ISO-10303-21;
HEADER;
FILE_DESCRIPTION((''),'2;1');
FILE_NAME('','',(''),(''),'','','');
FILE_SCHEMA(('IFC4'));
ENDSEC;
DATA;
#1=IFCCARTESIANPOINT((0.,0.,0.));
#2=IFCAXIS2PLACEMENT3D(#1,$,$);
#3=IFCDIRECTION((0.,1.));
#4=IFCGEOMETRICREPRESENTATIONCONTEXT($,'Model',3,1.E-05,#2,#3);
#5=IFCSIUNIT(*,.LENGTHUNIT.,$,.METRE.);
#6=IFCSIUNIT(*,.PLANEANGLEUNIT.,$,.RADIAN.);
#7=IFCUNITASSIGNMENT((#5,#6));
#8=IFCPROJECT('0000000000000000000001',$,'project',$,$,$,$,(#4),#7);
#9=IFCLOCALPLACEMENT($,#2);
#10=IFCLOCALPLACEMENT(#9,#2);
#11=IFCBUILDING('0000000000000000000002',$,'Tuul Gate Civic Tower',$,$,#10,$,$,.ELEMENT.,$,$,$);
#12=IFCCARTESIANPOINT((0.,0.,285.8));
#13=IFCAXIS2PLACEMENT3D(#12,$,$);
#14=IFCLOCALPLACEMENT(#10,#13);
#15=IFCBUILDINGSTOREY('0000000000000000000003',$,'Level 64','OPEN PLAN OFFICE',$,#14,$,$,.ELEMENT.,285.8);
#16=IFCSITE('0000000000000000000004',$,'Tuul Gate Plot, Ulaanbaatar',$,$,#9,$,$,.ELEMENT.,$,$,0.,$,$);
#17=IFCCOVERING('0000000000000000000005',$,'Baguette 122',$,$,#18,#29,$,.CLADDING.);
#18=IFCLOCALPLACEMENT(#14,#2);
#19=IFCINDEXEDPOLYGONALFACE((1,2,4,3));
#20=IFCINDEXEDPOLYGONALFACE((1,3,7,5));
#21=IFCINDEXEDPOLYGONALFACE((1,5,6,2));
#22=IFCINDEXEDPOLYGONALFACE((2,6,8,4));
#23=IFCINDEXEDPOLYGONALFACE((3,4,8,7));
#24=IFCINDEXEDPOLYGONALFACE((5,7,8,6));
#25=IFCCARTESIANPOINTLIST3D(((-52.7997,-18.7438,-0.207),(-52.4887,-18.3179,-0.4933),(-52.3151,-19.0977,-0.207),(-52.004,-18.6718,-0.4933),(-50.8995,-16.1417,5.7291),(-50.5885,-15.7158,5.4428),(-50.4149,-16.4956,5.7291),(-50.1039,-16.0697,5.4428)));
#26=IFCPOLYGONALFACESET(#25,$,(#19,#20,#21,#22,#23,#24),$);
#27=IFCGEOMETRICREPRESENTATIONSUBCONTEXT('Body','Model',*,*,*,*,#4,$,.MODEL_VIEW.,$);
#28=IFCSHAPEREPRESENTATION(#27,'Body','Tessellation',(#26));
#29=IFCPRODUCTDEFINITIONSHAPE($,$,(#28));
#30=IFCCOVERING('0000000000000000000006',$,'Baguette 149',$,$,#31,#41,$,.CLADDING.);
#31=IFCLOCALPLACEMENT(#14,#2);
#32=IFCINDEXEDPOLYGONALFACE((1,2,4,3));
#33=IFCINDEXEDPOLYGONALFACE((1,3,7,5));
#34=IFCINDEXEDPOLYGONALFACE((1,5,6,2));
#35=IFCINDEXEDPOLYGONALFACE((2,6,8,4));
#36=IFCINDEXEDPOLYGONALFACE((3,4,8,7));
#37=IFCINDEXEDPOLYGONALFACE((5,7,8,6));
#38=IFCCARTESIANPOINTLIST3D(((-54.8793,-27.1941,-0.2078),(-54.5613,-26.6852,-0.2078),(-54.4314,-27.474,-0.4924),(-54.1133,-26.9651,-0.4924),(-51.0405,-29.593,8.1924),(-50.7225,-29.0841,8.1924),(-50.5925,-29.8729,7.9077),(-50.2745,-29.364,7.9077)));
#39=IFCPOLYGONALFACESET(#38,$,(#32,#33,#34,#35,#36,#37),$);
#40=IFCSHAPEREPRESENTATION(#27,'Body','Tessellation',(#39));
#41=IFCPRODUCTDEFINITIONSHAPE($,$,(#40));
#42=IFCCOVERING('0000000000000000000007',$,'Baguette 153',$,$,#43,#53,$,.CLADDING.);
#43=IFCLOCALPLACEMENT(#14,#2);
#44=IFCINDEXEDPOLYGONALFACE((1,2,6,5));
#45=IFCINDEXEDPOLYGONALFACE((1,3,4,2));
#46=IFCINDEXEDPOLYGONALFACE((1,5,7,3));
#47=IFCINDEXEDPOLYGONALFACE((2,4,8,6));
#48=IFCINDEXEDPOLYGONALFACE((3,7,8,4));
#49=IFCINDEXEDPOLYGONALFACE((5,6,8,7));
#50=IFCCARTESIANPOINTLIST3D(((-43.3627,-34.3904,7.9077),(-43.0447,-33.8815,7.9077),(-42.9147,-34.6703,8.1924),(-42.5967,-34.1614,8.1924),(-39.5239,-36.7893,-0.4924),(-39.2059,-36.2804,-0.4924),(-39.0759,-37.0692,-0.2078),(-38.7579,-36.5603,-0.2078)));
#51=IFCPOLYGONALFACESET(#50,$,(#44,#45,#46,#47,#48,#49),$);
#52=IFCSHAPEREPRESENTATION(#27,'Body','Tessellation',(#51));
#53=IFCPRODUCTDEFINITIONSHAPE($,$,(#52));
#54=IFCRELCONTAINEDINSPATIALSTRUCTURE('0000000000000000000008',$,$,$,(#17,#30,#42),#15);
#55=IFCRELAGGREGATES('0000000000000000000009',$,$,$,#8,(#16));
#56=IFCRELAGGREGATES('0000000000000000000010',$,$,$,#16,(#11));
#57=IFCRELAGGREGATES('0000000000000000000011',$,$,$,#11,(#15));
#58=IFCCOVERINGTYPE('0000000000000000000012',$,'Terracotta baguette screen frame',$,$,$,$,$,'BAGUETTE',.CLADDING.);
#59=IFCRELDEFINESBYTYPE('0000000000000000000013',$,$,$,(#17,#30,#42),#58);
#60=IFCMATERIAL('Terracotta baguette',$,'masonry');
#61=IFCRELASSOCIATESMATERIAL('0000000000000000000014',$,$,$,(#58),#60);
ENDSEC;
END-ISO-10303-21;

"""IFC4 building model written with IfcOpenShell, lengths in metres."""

from ifc_helpers import new_model, si_unit, direction, frame, origin, origin_2d, place, context, subcontext, project, spatial, rectangle, extrude, material, material_profile, profile_set, type_object, element, save


model = new_model("IFC4")

# Units and contexts
model_context = context("Model", 3, precision=1e-05, world=origin(), true_north=direction((0.0, 1.0)))
body_context = subcontext(model_context, "Body", "Model", "MODEL_VIEW")
ifc_project = project(units=[si_unit("LENGTHUNIT", "METRE"), si_unit("PLANEANGLEUNIT", "RADIAN")], contexts=[model_context])

# Site, building, storey
site_placement = place(None, origin())
site = spatial("IfcSite", under=ifc_project, at=site_placement, Name="Tuul Gate Plot, Ulaanbaatar", CompositionType="ELEMENT", RefElevation=0.0)
building_placement = place(site_placement, origin())
building = spatial("IfcBuilding", under=site, at=building_placement, Name="Tuul Gate Civic Tower", CompositionType="ELEMENT")
storey_placement = place(building_placement, frame((0.0, 0.0, 285.8)))
storey = spatial("IfcBuildingStorey", under=building, at=storey_placement, Name="Level 64", Description="OPEN PLAN OFFICE", CompositionType="ELEMENT", Elevation=285.8)

# Coverings
ifc_material_1 = material(Name="Terracotta baguette", Category="masonry")
ifc_material_profile_1 = material_profile(ifc_material_1, rectangle(XDim=0.6001, YDim=0.6001, at=origin_2d()), Name="Terracotta baguette screen frame")
ifc_profile_set_1 = profile_set([ifc_material_profile_1], Name="Terracotta baguette")
covering_type = type_object("IfcCoveringType", Name="Terracotta baguette screen frame", ElementType="BAGUETTE", PredefinedType="CLADDING", material=ifc_profile_set_1)
covering_placement = place(storey_placement, frame((-50.5017, -16.1057, 5.5859), z_axis=(-0.281333, -0.385256, -0.87888), x_axis=(0.807591, -0.589743, 0.0)))
element("IfcCovering", 1, at=covering_placement, inside=storey, type_object=covering_type, Name="Baguette 122", PredefinedType="CLADDING", context=body_context, shape_type="SweptSolid", body=[
    extrude(rectangle(XDim=0.6001, YDim=0.6001, at=origin_2d()), origin(), (0.0, 0.0, 1.0), 6.7542),
])
for number, where, z_axis, x_axis, name in (
    (2, (-50.6575, -29.4785, 8.05), (-0.402303, 0.251401, -0.880312), (-0.529941, -0.848035, 0.0), "Baguette 149"),
    (3, (-42.9797, -34.2759, 8.05), (0.402303, -0.251401, -0.880312), (0.529941, 0.848035, 0.0), "Baguette 153"),
):
    element("IfcCovering", number, at=place(storey_placement, frame(where, z_axis=z_axis, x_axis=x_axis)), inside=storey, type_object=covering_type, Name=name, PredefinedType="CLADDING", context=body_context, shape_type="SweptSolid", body=[
        extrude(rectangle(XDim=0.6001, YDim=0.6001, at=origin_2d()), origin(), (0.0, 0.0, 1.0), 9.5422),
    ])

save(model, "model.ifc")
